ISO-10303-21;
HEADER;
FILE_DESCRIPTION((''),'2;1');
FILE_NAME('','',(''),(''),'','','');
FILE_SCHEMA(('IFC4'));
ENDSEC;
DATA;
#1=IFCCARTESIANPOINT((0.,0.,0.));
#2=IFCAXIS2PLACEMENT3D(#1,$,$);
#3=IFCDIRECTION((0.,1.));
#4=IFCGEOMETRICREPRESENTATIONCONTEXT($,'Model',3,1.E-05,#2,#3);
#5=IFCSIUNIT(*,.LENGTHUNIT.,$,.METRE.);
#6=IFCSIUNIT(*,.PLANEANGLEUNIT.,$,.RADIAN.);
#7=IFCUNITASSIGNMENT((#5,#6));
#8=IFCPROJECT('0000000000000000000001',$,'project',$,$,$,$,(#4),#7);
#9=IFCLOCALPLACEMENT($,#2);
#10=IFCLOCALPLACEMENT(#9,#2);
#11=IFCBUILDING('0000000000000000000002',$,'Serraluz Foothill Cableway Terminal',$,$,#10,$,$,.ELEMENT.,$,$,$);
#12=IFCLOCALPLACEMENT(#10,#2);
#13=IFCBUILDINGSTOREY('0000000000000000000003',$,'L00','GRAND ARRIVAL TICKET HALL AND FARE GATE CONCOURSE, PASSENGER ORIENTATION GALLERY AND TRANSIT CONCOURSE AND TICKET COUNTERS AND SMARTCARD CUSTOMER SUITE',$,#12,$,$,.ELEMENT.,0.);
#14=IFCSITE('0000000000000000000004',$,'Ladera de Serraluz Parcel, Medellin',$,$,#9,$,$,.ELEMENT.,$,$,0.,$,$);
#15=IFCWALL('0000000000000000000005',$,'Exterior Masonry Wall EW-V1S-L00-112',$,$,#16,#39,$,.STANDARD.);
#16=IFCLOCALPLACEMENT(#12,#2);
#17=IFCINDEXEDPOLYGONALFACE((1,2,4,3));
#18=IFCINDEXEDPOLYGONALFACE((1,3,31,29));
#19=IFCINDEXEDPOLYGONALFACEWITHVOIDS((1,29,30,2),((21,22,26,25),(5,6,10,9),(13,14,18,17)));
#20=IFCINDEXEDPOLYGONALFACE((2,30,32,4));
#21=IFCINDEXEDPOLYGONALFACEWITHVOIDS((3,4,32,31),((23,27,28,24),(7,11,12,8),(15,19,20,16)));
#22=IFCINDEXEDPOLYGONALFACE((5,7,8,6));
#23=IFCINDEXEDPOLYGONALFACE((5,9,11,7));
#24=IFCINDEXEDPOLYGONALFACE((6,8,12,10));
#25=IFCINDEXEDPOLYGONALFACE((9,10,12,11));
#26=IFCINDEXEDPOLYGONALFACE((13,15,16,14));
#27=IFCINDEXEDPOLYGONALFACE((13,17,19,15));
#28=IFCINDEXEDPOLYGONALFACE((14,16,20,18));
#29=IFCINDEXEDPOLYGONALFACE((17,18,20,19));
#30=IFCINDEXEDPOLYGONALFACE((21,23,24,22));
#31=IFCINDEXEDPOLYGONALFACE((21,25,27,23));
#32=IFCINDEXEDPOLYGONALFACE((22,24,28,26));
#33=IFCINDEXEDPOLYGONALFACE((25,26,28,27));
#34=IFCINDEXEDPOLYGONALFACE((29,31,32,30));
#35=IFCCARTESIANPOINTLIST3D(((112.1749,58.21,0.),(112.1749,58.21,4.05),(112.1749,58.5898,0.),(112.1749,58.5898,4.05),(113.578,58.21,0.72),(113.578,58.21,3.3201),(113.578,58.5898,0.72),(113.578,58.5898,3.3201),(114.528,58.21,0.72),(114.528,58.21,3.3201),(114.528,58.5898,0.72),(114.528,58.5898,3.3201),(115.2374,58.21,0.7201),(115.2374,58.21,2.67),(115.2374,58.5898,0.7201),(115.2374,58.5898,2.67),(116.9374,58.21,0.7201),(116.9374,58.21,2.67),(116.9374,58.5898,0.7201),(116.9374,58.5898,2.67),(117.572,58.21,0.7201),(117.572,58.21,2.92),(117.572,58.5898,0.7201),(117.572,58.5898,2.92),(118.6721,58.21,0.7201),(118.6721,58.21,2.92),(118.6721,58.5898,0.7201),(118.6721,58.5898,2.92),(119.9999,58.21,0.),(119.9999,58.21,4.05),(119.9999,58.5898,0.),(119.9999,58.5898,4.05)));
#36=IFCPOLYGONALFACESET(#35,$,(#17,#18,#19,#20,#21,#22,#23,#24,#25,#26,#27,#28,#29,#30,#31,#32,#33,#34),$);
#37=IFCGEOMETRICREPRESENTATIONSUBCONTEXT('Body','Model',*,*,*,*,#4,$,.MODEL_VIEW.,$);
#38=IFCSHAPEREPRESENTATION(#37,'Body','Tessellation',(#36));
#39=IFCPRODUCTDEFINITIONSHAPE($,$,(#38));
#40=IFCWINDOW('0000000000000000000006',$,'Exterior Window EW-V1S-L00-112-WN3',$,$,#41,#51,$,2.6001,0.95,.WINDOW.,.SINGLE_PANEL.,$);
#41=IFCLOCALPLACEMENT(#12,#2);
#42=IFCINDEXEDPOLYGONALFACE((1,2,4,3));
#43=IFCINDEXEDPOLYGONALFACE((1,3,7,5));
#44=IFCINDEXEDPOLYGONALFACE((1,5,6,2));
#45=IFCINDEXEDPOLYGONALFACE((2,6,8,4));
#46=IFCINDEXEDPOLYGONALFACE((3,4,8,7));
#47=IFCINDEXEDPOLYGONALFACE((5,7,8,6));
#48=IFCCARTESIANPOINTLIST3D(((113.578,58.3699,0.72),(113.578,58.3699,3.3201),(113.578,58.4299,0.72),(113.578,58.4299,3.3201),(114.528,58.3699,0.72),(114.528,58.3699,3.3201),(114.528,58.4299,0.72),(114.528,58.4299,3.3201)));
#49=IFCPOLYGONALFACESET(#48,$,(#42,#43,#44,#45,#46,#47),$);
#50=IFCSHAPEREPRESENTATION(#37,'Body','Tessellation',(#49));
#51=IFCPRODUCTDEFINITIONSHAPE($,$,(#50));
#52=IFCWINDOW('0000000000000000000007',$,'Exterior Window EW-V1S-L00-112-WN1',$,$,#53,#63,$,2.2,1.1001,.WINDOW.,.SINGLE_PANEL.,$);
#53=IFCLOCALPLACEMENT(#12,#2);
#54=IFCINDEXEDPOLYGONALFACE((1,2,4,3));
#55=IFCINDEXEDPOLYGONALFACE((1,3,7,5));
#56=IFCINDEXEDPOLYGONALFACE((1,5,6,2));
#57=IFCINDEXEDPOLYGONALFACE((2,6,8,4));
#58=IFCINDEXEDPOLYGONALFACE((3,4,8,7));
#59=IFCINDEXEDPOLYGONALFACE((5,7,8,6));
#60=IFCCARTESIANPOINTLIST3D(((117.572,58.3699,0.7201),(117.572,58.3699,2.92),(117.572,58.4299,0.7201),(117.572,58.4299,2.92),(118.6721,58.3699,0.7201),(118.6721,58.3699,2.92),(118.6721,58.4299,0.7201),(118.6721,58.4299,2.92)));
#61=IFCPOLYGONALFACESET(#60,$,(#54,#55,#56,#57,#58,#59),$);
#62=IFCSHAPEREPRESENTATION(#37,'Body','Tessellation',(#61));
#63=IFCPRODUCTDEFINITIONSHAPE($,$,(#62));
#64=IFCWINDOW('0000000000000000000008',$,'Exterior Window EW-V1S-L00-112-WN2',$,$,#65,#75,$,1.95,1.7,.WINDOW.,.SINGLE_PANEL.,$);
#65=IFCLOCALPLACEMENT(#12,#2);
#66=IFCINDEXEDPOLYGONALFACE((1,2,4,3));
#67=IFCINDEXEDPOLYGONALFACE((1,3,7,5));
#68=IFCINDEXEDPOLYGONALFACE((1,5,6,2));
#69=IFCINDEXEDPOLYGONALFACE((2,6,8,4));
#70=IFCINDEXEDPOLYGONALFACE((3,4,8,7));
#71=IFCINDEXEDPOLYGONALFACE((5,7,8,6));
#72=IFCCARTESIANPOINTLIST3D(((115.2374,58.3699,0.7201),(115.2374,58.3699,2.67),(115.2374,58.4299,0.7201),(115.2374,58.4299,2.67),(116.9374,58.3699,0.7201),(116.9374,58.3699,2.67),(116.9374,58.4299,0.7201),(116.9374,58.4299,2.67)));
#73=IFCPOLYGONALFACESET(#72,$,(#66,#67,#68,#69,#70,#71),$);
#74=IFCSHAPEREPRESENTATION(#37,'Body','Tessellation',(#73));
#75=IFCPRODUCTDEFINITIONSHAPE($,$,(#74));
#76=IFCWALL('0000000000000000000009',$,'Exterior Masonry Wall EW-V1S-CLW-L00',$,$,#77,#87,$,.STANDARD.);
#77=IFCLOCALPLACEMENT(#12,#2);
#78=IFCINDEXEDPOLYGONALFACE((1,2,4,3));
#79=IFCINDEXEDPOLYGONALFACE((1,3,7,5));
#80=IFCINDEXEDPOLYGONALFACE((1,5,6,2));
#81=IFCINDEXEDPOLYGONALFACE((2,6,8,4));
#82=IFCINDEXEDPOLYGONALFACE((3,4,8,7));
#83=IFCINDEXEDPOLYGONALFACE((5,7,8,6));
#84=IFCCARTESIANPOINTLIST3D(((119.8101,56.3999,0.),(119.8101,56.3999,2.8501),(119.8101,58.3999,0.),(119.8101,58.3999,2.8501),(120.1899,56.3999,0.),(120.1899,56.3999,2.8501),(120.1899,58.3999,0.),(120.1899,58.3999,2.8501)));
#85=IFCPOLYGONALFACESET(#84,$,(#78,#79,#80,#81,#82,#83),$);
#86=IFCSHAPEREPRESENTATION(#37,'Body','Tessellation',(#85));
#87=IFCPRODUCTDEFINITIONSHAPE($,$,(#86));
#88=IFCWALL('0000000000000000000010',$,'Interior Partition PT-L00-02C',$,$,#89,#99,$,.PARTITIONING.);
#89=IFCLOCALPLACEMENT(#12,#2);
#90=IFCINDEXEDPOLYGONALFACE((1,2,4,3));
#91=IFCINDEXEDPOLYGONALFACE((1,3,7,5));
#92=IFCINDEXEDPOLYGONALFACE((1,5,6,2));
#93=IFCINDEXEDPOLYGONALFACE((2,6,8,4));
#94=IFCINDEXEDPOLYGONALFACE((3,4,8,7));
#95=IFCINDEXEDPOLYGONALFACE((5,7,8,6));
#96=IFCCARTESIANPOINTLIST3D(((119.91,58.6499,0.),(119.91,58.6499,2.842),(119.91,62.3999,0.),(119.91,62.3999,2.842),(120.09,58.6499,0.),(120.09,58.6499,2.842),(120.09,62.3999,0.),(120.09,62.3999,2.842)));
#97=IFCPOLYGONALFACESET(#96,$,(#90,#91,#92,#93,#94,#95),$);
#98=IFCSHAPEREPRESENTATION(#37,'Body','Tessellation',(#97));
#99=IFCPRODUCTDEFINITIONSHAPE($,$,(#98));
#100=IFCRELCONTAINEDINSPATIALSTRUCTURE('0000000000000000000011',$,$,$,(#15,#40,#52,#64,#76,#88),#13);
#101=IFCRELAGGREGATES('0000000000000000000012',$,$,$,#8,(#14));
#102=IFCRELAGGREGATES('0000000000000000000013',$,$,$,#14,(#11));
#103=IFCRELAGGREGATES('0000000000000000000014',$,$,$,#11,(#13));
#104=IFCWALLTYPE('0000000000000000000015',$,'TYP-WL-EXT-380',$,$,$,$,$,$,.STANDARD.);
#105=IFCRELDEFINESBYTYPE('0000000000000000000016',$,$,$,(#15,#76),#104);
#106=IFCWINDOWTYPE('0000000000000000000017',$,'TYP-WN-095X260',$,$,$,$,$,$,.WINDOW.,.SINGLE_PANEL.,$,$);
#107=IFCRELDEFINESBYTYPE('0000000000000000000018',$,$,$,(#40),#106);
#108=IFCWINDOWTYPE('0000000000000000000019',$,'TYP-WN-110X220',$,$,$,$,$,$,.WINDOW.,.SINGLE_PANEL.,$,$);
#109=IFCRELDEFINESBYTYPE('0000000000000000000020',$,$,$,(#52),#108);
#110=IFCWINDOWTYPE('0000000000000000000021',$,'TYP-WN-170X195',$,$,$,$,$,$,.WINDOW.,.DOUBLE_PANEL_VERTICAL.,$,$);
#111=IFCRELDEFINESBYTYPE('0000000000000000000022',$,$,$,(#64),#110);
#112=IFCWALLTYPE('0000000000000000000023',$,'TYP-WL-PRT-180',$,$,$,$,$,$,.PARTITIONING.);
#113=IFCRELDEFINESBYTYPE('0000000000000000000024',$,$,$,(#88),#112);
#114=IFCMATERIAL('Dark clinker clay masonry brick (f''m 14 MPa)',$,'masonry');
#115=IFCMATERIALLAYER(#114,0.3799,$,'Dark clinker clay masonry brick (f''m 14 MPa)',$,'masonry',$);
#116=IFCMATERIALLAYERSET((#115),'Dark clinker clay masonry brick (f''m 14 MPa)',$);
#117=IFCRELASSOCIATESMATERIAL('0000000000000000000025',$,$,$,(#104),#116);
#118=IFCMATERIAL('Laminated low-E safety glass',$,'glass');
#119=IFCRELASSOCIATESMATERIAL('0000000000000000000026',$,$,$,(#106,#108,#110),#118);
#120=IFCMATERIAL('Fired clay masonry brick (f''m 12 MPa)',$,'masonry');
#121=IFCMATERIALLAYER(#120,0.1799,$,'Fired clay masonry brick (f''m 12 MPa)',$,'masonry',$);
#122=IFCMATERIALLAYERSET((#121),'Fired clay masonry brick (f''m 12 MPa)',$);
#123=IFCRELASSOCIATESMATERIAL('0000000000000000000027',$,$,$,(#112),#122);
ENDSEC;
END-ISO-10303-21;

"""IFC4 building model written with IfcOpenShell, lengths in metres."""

from ifc_helpers import new_model, si_unit, direction, frame, frame_2d, origin, place, context, subcontext, project, spatial, rectangle, extrude, material, layer, layer_set, type_object, element, fill, save


model = new_model("IFC4")

# Units and contexts
model_context = context("Model", 3, precision=1e-05, world=origin(), true_north=direction((0.0, 1.0)))
body_context = subcontext(model_context, "Body", "Model", "MODEL_VIEW")
ifc_project = project(units=[si_unit("LENGTHUNIT", "METRE"), si_unit("PLANEANGLEUNIT", "RADIAN")], contexts=[model_context])

# Site, building, storey
site_placement = place(None, origin())
site = spatial("IfcSite", under=ifc_project, at=site_placement, Name="Ladera de Serraluz Parcel, Medellin", CompositionType="ELEMENT", RefElevation=0.0)
building_placement = place(site_placement, origin())
building = spatial("IfcBuilding", under=site, at=building_placement, Name="Serraluz Foothill Cableway Terminal", CompositionType="ELEMENT")
storey_placement = place(building_placement, origin())
storey = spatial("IfcBuildingStorey", under=building, at=storey_placement, Name="L00", Description="GRAND ARRIVAL TICKET HALL AND FARE GATE CONCOURSE, PASSENGER ORIENTATION GALLERY AND TRANSIT CONCOURSE AND TICKET COUNTERS AND SMARTCARD CUSTOMER SUITE", CompositionType="ELEMENT", Elevation=0.0)

# Wall, openings, windows
ifc_material_1 = material(Name="Dark clinker clay masonry brick (f'm 14 MPa)", Category="masonry")
ifc_layer_1 = layer(ifc_material_1, 0.3799, Name="Dark clinker clay masonry brick (f'm 14 MPa)", Category="masonry")
ifc_layer_set_1 = layer_set([ifc_layer_1], Name="Dark clinker clay masonry brick (f'm 14 MPa)")
wall_type_1 = type_object("IfcWallType", Name="TYP-WL-EXT-380", PredefinedType="STANDARD", material=ifc_layer_set_1)
wall_1_placement = place(storey_placement, frame((120.0, 58.3999, 0.0), z_axis=(0.0, 0.0, 1.0), x_axis=(-1.0, 0.0, 0.0)))
wall_1 = element("IfcWall", 1, at=wall_1_placement, inside=storey, type_object=wall_type_1, Name="Exterior Masonry Wall EW-V1S-L00-112", PredefinedType="STANDARD", context=body_context, shape_type="SweptSolid", body=[
    extrude(rectangle(XDim=7.825, YDim=0.3799, at=frame_2d((3.9126, 0.0))), origin(), (0.0, 0.0, 1.0), 4.05),
])
opening_1_placement = place(wall_1_placement, frame((1.3279, 0.0, 0.72)))
opening_1 = element("IfcOpeningElement", 2, at=opening_1_placement, cuts=wall_1, PredefinedType="OPENING", context=body_context, shape_type="SweptSolid", body=[
    extrude(rectangle(XDim=1.1001, YDim=2.2, at=frame_2d((0.55, 1.1001))), frame((0.0, 0.2, 0.0), z_axis=(0.0, -1.0, 0.0), x_axis=(1.0, 0.0, 0.0)), (0.0, 0.0, 1.0), 0.3999),
])
opening_2_placement = place(wall_1_placement, frame((3.0625, 0.0, 0.72)))
opening_2 = element("IfcOpeningElement", 3, at=opening_2_placement, cuts=wall_1, PredefinedType="OPENING", context=body_context, shape_type="SweptSolid", body=[
    extrude(rectangle(XDim=1.7, YDim=1.95, at=frame_2d((0.8501, 0.9751))), frame((0.0, 0.2, 0.0), z_axis=(0.0, -1.0, 0.0), x_axis=(1.0, 0.0, 0.0)), (0.0, 0.0, 1.0), 0.3999),
])
opening_3_placement = place(wall_1_placement, frame((5.4719, 0.0, 0.72)))
opening_3 = element("IfcOpeningElement", 4, at=opening_3_placement, cuts=wall_1, PredefinedType="OPENING", context=body_context, shape_type="SweptSolid", body=[
    extrude(rectangle(XDim=0.95, YDim=2.6001, at=frame_2d((0.4751, 1.3))), frame((0.0, 0.2, 0.0), z_axis=(0.0, -1.0, 0.0), x_axis=(1.0, 0.0, 0.0)), (0.0, 0.0, 1.0), 0.3999),
])
ifc_material_2 = material(Name="Laminated low-E safety glass", Category="glass")
window_type_1 = type_object("IfcWindowType", Name="TYP-WN-095X260", PartitioningType="SINGLE_PANEL", PredefinedType="WINDOW", material=ifc_material_2)
window_1_placement = place(opening_3_placement, origin())
window_1 = element("IfcWindow", 5, at=window_1_placement, inside=storey, type_object=window_type_1, Name="Exterior Window EW-V1S-L00-112-WN3", OverallHeight=2.6001, OverallWidth=0.95, PartitioningType="SINGLE_PANEL", PredefinedType="WINDOW", context=body_context, shape_type="SweptSolid", body=[
    extrude(rectangle(XDim=0.95, YDim=2.6001, at=frame_2d((0.4751, 1.3))), frame((0.0, 0.03, 0.0), z_axis=(0.0, -1.0, 0.0), x_axis=(1.0, 0.0, 0.0)), (0.0, 0.0, 1.0), 0.0601),
])
fill(opening_3, window_1)
window_type_2 = type_object("IfcWindowType", Name="TYP-WN-110X220", PartitioningType="SINGLE_PANEL", PredefinedType="WINDOW", material=ifc_material_2)
window_2_placement = place(opening_1_placement, origin())
window_2 = element("IfcWindow", 6, at=window_2_placement, inside=storey, type_object=window_type_2, Name="Exterior Window EW-V1S-L00-112-WN1", OverallHeight=2.2, OverallWidth=1.1001, PartitioningType="SINGLE_PANEL", PredefinedType="WINDOW", context=body_context, shape_type="SweptSolid", body=[
    extrude(rectangle(XDim=1.1001, YDim=2.2, at=frame_2d((0.55, 1.1001))), frame((0.0, 0.03, 0.0), z_axis=(0.0, -1.0, 0.0), x_axis=(1.0, 0.0, 0.0)), (0.0, 0.0, 1.0), 0.0601),
])
fill(opening_1, window_2)
window_type_3 = type_object("IfcWindowType", Name="TYP-WN-170X195", PartitioningType="DOUBLE_PANEL_VERTICAL", PredefinedType="WINDOW", material=ifc_material_2)
window_3_placement = place(opening_2_placement, origin())
window_3 = element("IfcWindow", 7, at=window_3_placement, inside=storey, type_object=window_type_3, Name="Exterior Window EW-V1S-L00-112-WN2", OverallHeight=1.95, OverallWidth=1.7, PartitioningType="SINGLE_PANEL", PredefinedType="WINDOW", context=body_context, shape_type="SweptSolid", body=[
    extrude(rectangle(XDim=1.7, YDim=1.95, at=frame_2d((0.8501, 0.9751))), frame((0.0, 0.03, 0.0), z_axis=(0.0, -1.0, 0.0), x_axis=(1.0, 0.0, 0.0)), (0.0, 0.0, 1.0), 0.0601),
])
fill(opening_2, window_3)

# Walls
wall_2_placement = place(storey_placement, frame((120.0, 56.3999, 0.0), z_axis=(0.0, 0.0, 1.0), x_axis=(0.0, 1.0, 0.0)))
element("IfcWall", 8, at=wall_2_placement, inside=storey, type_object=wall_type_1, Name="Exterior Masonry Wall EW-V1S-CLW-L00", PredefinedType="STANDARD", context=body_context, shape_type="SweptSolid", body=[
    extrude(rectangle(XDim=2.0, YDim=0.3799, at=frame_2d((1.0, 0.0))), origin(), (0.0, 0.0, 1.0), 2.8501),
])
ifc_material_3 = material(Name="Fired clay masonry brick (f'm 12 MPa)", Category="masonry")
ifc_layer_2 = layer(ifc_material_3, 0.1799, Name="Fired clay masonry brick (f'm 12 MPa)", Category="masonry")
ifc_layer_set_2 = layer_set([ifc_layer_2], Name="Fired clay masonry brick (f'm 12 MPa)")
wall_type_2 = type_object("IfcWallType", Name="TYP-WL-PRT-180", PredefinedType="PARTITIONING", material=ifc_layer_set_2)
wall_3_placement = place(storey_placement, frame((120.0, 58.6499, 0.0), z_axis=(0.0, 0.0, 1.0), x_axis=(0.0, 1.0, 0.0)))
element("IfcWall", 9, at=wall_3_placement, inside=storey, type_object=wall_type_2, Name="Interior Partition PT-L00-02C", PredefinedType="PARTITIONING", context=body_context, shape_type="SweptSolid", body=[
    extrude(rectangle(XDim=3.75, YDim=0.1799, at=frame_2d((1.875, 0.0))), origin(), (0.0, 0.0, 1.0), 2.842),
])

save(model, "model.ifc")
